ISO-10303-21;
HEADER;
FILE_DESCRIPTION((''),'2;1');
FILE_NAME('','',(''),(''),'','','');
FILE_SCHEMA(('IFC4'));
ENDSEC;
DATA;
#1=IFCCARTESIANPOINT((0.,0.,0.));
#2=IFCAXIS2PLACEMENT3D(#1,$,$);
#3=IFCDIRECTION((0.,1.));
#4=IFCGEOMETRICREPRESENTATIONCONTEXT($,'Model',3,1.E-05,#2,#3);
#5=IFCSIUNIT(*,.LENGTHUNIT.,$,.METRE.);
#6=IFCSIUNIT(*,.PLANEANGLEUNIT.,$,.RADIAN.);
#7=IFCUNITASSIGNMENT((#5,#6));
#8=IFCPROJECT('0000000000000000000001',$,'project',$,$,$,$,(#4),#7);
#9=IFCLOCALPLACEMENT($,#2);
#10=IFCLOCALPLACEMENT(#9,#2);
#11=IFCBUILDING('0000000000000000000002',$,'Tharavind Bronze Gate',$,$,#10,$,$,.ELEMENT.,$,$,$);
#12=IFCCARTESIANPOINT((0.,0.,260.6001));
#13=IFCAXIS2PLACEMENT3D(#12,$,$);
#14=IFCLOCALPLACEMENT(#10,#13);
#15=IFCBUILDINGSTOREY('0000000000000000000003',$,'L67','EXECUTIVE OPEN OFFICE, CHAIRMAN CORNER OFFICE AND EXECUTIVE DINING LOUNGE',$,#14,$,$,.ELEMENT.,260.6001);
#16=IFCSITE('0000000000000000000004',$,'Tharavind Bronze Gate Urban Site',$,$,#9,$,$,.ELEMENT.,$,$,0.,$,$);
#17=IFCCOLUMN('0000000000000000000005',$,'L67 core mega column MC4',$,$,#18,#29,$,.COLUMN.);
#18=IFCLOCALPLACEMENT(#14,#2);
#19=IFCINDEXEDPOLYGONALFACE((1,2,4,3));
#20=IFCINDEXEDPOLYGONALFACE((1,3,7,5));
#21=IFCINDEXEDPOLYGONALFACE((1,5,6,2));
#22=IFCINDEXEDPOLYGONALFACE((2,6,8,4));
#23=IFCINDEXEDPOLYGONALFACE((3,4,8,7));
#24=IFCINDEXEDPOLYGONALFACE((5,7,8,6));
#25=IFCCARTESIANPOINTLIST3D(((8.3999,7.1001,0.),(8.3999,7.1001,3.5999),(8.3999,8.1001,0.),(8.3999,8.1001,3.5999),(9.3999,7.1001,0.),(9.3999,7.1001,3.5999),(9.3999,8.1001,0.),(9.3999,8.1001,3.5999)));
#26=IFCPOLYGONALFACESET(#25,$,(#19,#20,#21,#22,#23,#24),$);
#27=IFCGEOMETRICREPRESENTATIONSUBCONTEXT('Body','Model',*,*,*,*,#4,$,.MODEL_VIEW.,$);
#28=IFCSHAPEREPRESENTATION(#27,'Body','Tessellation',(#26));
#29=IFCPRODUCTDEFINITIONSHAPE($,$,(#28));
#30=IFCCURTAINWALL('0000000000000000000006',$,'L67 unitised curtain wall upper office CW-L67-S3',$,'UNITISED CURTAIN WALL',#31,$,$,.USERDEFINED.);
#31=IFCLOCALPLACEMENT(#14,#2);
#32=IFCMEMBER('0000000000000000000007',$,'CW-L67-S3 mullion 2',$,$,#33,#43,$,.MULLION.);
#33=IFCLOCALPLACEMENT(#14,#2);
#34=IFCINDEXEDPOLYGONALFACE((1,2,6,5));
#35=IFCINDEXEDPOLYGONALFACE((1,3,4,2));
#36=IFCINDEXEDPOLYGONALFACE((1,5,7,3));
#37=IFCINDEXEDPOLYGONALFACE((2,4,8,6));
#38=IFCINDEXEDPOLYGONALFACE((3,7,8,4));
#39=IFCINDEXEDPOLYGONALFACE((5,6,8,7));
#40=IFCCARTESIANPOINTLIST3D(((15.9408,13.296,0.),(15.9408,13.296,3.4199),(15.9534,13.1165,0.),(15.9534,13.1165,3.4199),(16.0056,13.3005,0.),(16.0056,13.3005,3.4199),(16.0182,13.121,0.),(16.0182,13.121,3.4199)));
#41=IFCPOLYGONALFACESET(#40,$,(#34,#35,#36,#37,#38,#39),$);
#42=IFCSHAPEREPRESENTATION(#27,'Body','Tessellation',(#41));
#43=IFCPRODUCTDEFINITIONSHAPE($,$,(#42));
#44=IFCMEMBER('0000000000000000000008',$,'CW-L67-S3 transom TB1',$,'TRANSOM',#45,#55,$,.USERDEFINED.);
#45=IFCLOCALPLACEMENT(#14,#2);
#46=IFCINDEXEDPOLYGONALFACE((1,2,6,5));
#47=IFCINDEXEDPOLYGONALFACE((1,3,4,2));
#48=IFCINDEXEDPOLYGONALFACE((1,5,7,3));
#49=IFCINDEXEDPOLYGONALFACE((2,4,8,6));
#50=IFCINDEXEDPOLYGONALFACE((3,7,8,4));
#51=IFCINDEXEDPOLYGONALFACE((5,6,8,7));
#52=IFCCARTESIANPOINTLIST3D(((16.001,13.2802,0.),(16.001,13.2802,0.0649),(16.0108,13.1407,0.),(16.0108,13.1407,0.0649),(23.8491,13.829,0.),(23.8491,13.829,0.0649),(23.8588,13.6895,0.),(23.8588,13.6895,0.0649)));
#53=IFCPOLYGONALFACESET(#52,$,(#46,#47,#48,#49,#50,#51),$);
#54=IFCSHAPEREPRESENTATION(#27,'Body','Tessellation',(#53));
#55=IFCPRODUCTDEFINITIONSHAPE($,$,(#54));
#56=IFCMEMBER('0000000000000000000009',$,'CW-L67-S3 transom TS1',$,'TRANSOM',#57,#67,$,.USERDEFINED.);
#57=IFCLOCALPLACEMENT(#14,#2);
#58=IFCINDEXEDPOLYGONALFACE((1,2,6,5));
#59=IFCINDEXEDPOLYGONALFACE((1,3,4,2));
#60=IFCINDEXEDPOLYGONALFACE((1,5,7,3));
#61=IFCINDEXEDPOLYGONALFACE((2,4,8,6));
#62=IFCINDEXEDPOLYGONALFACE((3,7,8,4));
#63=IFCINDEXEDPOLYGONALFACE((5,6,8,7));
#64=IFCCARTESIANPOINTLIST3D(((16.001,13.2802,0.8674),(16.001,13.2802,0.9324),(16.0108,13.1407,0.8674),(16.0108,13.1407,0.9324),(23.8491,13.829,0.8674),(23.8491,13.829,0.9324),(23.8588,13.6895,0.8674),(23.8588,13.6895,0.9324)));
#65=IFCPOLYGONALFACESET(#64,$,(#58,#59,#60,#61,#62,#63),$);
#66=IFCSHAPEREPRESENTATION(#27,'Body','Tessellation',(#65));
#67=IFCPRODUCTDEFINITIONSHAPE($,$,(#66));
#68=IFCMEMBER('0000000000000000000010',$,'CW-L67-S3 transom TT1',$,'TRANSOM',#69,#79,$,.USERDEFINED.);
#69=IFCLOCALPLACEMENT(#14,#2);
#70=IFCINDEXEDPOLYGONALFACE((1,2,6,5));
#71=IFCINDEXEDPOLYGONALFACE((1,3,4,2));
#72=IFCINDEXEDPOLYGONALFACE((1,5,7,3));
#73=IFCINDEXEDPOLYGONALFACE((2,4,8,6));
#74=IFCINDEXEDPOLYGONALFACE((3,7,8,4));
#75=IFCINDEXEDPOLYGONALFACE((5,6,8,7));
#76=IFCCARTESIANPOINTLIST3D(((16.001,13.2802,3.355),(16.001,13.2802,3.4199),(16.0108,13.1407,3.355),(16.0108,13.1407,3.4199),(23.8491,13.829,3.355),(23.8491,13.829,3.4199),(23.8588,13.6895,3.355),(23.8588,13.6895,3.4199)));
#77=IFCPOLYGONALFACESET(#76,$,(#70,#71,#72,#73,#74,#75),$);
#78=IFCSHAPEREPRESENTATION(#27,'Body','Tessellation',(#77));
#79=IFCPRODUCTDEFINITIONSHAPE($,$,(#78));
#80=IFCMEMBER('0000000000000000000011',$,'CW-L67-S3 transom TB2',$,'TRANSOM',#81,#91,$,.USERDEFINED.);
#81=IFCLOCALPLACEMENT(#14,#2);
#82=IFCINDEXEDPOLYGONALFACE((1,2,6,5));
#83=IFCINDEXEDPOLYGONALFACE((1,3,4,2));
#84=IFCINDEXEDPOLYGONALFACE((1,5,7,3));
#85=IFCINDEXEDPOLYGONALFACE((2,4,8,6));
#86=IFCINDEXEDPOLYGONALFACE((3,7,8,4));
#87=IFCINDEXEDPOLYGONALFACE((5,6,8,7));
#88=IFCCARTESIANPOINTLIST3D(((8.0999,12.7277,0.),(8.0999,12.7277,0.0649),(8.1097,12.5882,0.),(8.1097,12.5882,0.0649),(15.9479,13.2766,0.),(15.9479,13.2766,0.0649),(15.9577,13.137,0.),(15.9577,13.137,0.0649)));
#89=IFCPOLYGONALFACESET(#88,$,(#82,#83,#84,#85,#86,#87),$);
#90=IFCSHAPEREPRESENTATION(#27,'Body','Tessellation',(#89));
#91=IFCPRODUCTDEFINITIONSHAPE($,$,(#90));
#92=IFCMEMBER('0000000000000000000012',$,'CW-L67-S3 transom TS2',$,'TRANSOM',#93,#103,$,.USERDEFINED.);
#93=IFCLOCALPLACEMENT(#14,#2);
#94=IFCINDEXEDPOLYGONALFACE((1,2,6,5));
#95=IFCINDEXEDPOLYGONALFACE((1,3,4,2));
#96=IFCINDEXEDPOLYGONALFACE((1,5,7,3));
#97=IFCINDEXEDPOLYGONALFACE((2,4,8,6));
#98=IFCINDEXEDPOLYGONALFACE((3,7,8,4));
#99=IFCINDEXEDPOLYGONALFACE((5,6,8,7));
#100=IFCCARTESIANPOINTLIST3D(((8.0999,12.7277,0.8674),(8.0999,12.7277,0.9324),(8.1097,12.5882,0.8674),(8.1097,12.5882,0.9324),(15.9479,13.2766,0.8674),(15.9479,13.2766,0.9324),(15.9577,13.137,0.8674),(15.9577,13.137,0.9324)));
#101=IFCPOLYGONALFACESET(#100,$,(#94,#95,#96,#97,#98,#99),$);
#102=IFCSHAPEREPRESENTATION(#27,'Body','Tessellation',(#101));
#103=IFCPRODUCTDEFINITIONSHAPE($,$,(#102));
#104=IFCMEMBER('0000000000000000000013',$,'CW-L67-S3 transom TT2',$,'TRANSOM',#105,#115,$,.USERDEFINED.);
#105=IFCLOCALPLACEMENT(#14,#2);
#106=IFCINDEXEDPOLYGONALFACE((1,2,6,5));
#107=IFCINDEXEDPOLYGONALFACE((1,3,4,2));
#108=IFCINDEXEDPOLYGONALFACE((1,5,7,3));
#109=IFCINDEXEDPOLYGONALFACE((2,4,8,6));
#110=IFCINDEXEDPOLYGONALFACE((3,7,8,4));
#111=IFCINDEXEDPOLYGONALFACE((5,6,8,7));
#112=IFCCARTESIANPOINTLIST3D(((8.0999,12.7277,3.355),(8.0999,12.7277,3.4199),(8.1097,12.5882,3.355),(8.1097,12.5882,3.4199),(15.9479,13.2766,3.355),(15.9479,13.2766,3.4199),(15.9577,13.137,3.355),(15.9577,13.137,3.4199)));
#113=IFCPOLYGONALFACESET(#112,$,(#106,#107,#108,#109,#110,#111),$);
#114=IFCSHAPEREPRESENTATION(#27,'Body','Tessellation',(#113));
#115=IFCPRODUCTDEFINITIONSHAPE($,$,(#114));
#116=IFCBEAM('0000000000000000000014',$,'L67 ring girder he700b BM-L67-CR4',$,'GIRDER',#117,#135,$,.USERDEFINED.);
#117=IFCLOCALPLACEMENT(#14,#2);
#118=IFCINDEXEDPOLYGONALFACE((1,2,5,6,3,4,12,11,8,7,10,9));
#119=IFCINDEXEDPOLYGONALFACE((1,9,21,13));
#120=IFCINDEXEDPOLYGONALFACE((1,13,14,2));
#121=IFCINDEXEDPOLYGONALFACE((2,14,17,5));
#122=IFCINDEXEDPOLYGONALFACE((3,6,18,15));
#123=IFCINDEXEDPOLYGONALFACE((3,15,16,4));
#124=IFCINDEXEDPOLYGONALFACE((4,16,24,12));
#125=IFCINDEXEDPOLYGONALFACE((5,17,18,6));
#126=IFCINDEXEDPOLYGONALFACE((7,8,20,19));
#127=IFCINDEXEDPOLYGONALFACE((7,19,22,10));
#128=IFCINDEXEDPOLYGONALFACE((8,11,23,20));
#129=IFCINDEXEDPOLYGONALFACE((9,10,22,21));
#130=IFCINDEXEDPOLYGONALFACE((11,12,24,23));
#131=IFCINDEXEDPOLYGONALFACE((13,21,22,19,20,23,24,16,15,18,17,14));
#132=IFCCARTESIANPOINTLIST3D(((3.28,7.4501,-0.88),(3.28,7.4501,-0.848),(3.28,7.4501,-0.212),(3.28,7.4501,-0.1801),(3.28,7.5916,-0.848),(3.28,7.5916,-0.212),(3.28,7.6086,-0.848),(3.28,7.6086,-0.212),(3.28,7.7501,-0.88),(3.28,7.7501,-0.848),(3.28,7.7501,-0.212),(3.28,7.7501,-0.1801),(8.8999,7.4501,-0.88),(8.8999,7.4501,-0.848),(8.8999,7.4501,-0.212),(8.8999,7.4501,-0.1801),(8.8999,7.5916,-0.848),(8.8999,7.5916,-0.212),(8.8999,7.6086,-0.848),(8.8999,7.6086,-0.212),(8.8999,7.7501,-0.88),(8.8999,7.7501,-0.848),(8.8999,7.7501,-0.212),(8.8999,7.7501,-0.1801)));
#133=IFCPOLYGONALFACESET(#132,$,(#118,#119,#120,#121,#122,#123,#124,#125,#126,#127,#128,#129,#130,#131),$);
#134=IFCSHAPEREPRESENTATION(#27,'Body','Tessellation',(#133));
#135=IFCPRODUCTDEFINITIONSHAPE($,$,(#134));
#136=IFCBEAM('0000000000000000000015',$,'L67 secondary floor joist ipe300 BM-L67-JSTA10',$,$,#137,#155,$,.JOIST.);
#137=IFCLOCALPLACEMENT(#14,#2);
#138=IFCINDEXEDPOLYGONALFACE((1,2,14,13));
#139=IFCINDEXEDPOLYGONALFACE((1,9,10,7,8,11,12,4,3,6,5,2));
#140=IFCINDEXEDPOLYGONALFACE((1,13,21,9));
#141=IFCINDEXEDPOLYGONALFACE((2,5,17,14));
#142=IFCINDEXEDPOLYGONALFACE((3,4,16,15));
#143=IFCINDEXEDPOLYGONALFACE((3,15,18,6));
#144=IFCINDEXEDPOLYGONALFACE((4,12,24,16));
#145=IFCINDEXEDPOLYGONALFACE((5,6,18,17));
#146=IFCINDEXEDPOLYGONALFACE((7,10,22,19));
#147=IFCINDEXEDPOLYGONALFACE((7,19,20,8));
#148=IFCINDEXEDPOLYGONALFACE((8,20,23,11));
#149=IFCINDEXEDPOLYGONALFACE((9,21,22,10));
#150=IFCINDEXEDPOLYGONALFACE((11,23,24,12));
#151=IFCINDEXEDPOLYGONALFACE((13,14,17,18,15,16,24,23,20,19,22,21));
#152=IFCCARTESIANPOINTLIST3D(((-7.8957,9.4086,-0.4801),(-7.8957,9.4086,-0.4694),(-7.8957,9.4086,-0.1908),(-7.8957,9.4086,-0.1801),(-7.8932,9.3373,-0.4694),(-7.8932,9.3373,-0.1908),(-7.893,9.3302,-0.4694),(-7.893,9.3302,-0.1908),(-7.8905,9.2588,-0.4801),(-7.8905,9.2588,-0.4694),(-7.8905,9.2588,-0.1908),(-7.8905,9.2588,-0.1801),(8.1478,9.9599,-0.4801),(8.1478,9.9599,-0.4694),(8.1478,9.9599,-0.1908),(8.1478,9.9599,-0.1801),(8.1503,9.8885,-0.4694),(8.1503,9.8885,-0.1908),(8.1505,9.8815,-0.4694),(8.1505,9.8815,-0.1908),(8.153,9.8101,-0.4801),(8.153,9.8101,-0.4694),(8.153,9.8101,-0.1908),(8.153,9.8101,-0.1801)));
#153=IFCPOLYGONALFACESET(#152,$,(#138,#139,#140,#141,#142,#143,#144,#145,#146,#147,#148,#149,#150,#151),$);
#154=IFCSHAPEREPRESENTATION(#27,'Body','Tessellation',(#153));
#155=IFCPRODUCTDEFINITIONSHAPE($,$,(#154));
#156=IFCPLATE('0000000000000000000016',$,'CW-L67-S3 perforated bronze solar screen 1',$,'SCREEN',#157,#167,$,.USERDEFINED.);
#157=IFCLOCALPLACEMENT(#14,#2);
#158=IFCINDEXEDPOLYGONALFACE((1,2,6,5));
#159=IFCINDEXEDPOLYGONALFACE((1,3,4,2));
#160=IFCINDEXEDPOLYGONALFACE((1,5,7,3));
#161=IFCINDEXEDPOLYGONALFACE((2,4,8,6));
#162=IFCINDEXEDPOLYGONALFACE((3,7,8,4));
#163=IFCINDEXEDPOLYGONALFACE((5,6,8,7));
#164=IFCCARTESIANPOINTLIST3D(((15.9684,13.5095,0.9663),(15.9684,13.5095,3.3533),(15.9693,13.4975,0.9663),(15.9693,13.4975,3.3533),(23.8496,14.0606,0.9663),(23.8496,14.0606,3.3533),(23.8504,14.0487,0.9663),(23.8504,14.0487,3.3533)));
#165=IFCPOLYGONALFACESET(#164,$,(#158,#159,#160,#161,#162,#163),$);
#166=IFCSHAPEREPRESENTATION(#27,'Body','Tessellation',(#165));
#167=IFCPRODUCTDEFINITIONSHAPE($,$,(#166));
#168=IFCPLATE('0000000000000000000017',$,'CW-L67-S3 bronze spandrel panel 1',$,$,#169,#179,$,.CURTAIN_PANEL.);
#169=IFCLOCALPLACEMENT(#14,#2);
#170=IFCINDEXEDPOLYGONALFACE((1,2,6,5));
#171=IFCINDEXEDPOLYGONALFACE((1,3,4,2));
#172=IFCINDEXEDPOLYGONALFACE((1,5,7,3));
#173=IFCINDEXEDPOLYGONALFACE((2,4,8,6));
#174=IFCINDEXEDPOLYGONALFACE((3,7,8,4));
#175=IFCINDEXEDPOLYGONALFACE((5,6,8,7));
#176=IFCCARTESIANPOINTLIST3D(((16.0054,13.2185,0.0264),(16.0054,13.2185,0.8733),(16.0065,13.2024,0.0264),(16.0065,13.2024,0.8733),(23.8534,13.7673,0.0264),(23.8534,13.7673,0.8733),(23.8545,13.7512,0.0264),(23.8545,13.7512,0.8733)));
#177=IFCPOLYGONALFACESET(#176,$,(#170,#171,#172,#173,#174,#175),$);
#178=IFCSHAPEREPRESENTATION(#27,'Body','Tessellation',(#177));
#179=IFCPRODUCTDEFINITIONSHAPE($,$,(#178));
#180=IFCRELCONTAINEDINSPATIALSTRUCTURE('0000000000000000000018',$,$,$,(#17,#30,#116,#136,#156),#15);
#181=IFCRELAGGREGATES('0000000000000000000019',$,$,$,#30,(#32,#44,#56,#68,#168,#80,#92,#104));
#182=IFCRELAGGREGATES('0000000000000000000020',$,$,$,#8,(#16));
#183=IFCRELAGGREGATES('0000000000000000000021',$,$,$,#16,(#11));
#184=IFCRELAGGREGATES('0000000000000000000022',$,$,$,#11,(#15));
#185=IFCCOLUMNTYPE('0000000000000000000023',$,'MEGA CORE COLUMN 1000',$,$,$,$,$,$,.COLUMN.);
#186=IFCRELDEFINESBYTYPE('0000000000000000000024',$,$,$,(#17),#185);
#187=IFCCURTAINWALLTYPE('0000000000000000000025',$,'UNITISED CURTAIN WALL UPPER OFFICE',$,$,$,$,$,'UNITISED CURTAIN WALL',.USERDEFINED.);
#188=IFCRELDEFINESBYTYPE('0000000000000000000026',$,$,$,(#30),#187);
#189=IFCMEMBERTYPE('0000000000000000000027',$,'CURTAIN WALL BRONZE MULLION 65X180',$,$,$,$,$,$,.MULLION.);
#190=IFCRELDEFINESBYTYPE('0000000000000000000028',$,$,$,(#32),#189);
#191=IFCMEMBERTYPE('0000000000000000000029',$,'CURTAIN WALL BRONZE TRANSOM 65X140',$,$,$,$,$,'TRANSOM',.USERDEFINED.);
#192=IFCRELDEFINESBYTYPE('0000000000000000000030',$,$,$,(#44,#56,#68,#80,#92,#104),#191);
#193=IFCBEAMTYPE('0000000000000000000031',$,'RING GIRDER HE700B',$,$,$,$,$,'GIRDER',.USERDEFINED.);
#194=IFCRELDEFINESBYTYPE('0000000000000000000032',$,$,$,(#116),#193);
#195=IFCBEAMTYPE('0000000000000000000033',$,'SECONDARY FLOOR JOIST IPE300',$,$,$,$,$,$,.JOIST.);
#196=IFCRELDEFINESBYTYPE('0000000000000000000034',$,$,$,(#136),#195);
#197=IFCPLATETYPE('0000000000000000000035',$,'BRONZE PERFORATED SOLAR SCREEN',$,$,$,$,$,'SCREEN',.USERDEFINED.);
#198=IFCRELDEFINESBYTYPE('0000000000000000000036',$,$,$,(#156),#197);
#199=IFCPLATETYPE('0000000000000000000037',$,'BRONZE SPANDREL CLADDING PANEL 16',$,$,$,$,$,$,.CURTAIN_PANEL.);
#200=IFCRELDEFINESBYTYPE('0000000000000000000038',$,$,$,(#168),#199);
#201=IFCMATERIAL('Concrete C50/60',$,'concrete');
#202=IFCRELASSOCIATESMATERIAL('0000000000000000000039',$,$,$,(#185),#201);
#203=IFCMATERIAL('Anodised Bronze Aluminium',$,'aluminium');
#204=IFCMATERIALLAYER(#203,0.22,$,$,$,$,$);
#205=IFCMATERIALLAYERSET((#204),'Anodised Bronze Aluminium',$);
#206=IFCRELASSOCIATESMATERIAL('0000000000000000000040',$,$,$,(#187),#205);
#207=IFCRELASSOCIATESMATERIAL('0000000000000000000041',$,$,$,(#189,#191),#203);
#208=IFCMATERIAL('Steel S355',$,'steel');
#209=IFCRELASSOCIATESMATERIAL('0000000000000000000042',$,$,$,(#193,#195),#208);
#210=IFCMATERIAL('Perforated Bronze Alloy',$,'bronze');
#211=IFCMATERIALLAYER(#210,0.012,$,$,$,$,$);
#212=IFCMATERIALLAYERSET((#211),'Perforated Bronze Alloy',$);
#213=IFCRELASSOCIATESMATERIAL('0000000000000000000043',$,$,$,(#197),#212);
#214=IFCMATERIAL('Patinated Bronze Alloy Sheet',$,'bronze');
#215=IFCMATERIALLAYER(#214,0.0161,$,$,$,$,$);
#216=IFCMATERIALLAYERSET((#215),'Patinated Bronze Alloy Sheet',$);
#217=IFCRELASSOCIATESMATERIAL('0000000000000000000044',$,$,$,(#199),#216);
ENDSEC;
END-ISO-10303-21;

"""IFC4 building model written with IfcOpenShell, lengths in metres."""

from ifc_helpers import new_model, si_unit, direction, frame, origin, origin_2d, place, context, subcontext, project, spatial, rectangle, i_section, extrude, material, layer, layer_set, material_profile, profile_set, type_object, element, aggregate, save


model = new_model("IFC4")

# Units and contexts
model_context = context("Model", 3, precision=1e-05, world=origin(), true_north=direction((0.0, 1.0)))
body_context = subcontext(model_context, "Body", "Model", "MODEL_VIEW")
ifc_project = project(units=[si_unit("LENGTHUNIT", "METRE"), si_unit("PLANEANGLEUNIT", "RADIAN")], contexts=[model_context])

# Site, building, storey
site_placement = place(None, origin())
site = spatial("IfcSite", under=ifc_project, at=site_placement, Name="Tharavind Bronze Gate Urban Site", CompositionType="ELEMENT", RefElevation=0.0)
building_placement = place(site_placement, origin())
building = spatial("IfcBuilding", under=site, at=building_placement, Name="Tharavind Bronze Gate", CompositionType="ELEMENT")
storey_placement = place(building_placement, frame((0.0, 0.0, 260.6001)))
storey = spatial("IfcBuildingStorey", under=building, at=storey_placement, Name="L67", Description="EXECUTIVE OPEN OFFICE, CHAIRMAN CORNER OFFICE AND EXECUTIVE DINING LOUNGE", CompositionType="ELEMENT", Elevation=260.6001)

# Column
ifc_material_1 = material(Name="Concrete C50/60", Category="concrete")
ifc_material_profile_1 = material_profile(ifc_material_1, rectangle(XDim=1.0, YDim=1.0, at=origin_2d()), Name="RCCOL1000")
ifc_profile_set_1 = profile_set([ifc_material_profile_1], Name="Concrete C50/60")
column_type = type_object("IfcColumnType", Name="MEGA CORE COLUMN 1000", PredefinedType="COLUMN", material=ifc_profile_set_1)
column_placement = place(storey_placement, frame((8.8999, 7.6001, 0.0), z_axis=(0.0, 0.0, 1.0), x_axis=(1.0, 0.0, 0.0)))
element("IfcColumn", 1, at=column_placement, inside=storey, type_object=column_type, Name="L67 core mega column MC4", PredefinedType="COLUMN", context=body_context, shape_type="SweptSolid", body=[
    extrude(rectangle(XDim=1.0, YDim=1.0, at=origin_2d()), origin(), (0.0, 0.0, 1.0), 3.5999),
])

# Curtain wall, members
ifc_material_2 = material(Name="Anodised Bronze Aluminium", Category="aluminium")
ifc_layer_1 = layer(ifc_material_2, 0.22)
ifc_layer_set_1 = layer_set([ifc_layer_1], Name="Anodised Bronze Aluminium")
curtain_wall_type = type_object("IfcCurtainWallType", Name="UNITISED CURTAIN WALL UPPER OFFICE", ElementType="UNITISED CURTAIN WALL", PredefinedType="USERDEFINED", material=ifc_layer_set_1)
curtain_wall_placement = place(storey_placement, origin())
curtain_wall = element("IfcCurtainWall", 2, at=curtain_wall_placement, inside=storey, type_object=curtain_wall_type, Name="L67 unitised curtain wall upper office CW-L67-S3", ObjectType="UNITISED CURTAIN WALL", PredefinedType="USERDEFINED")
member_type_1 = type_object("IfcMemberType", Name="CURTAIN WALL BRONZE MULLION 65X180", PredefinedType="MULLION", material=ifc_material_2)
member_1_placement = place(storey_placement, frame((15.9795, 13.2085, 0.0), z_axis=(0.0, 0.0, 1.0), x_axis=(-0.997564, -0.06976, 0.0)))
member_1 = element("IfcMember", 3, at=member_1_placement, type_object=member_type_1, Name="CW-L67-S3 mullion 2", PredefinedType="MULLION", context=body_context, shape_type="SweptSolid", body=[
    extrude(rectangle(XDim=0.0649, YDim=0.1799, at=origin_2d()), origin(), (0.0, 0.0, 1.0), 3.4199),
])
member_type_2 = type_object("IfcMemberType", Name="CURTAIN WALL BRONZE TRANSOM 65X140", ElementType="TRANSOM", PredefinedType="USERDEFINED", material=ifc_material_2)
member_2_placement = place(storey_placement, frame((19.9299, 13.4849, 0.0), z_axis=(0.0, 0.0, 1.0), x_axis=(-0.997564, -0.06976, 0.0)))
member_2 = element("IfcMember", 4, at=member_2_placement, type_object=member_type_2, Name="CW-L67-S3 transom TB1", ObjectType="TRANSOM", PredefinedType="USERDEFINED", context=body_context, shape_type="SweptSolid", body=[
    extrude(rectangle(XDim=7.8672, YDim=0.1399, at=origin_2d()), origin(), (0.0, 0.0, 1.0), 0.0649),
])
member_3_placement = place(storey_placement, frame((19.9299, 13.4849, 0.8674), z_axis=(0.0, 0.0, 1.0), x_axis=(-0.997564, -0.06976, 0.0)))
member_3 = element("IfcMember", 5, at=member_3_placement, type_object=member_type_2, Name="CW-L67-S3 transom TS1", ObjectType="TRANSOM", PredefinedType="USERDEFINED", context=body_context, shape_type="SweptSolid", body=[
    extrude(rectangle(XDim=7.8672, YDim=0.1399, at=origin_2d()), origin(), (0.0, 0.0, 1.0), 0.0649),
])
member_4_placement = place(storey_placement, frame((19.9299, 13.4849, 3.355), z_axis=(0.0, 0.0, 1.0), x_axis=(-0.997564, -0.06976, 0.0)))
member_4 = element("IfcMember", 6, at=member_4_placement, type_object=member_type_2, Name="CW-L67-S3 transom TT1", ObjectType="TRANSOM", PredefinedType="USERDEFINED", context=body_context, shape_type="SweptSolid", body=[
    extrude(rectangle(XDim=7.8672, YDim=0.1399, at=origin_2d()), origin(), (0.0, 0.0, 1.0), 0.0649),
])
member_5_placement = place(storey_placement, frame((12.0288, 12.9324, 0.0), z_axis=(0.0, 0.0, 1.0), x_axis=(-0.997564, -0.06976, 0.0)))
member_5 = element("IfcMember", 7, at=member_5_placement, type_object=member_type_2, Name="CW-L67-S3 transom TB2", ObjectType="TRANSOM", PredefinedType="USERDEFINED", context=body_context, shape_type="SweptSolid", body=[
    extrude(rectangle(XDim=7.8672, YDim=0.1399, at=origin_2d()), origin(), (0.0, 0.0, 1.0), 0.0649),
])
member_6_placement = place(storey_placement, frame((12.0288, 12.9324, 0.8674), z_axis=(0.0, 0.0, 1.0), x_axis=(-0.997564, -0.06976, 0.0)))
member_6 = element("IfcMember", 8, at=member_6_placement, type_object=member_type_2, Name="CW-L67-S3 transom TS2", ObjectType="TRANSOM", PredefinedType="USERDEFINED", context=body_context, shape_type="SweptSolid", body=[
    extrude(rectangle(XDim=7.8672, YDim=0.1399, at=origin_2d()), origin(), (0.0, 0.0, 1.0), 0.0649),
])
member_7_placement = place(storey_placement, frame((12.0288, 12.9324, 3.355), z_axis=(0.0, 0.0, 1.0), x_axis=(-0.997564, -0.06976, 0.0)))
member_7 = element("IfcMember", 9, at=member_7_placement, type_object=member_type_2, Name="CW-L67-S3 transom TT2", ObjectType="TRANSOM", PredefinedType="USERDEFINED", context=body_context, shape_type="SweptSolid", body=[
    extrude(rectangle(XDim=7.8672, YDim=0.1399, at=origin_2d()), origin(), (0.0, 0.0, 1.0), 0.0649),
])

# Beams
ifc_material_3 = material(Name="Steel S355", Category="steel")
ifc_material_profile_2 = material_profile(ifc_material_3, i_section(OverallWidth=0.3, OverallDepth=0.7, WebThickness=0.0171, FlangeThickness=0.032, at=origin_2d()), Name="HE700B")
ifc_profile_set_2 = profile_set([ifc_material_profile_2], Name="Steel S355")
beam_type_1 = type_object("IfcBeamType", Name="RING GIRDER HE700B", ElementType="GIRDER", PredefinedType="USERDEFINED", material=ifc_profile_set_2)
beam_1_placement = place(storey_placement, frame((8.8999, 7.6001, -0.53), z_axis=(-1.0, 0.0, 0.0), x_axis=(0.0, -1.0, 0.0)))
element("IfcBeam", 10, at=beam_1_placement, inside=storey, type_object=beam_type_1, Name="L67 ring girder he700b BM-L67-CR4", ObjectType="GIRDER", PredefinedType="USERDEFINED", context=body_context, shape_type="SweptSolid", body=[
    extrude(i_section(OverallWidth=0.3, OverallDepth=0.7, WebThickness=0.0171, FlangeThickness=0.032, at=origin_2d()), origin(), (0.0, 0.0, 1.0), 5.6199),
])
ifc_material_profile_3 = material_profile(ifc_material_3, i_section(OverallWidth=0.1499, OverallDepth=0.3, WebThickness=0.0071, FlangeThickness=0.0107, at=origin_2d()), Name="IPE300")
ifc_profile_set_3 = profile_set([ifc_material_profile_3], Name="Steel S355")
beam_type_2 = type_object("IfcBeamType", Name="SECONDARY FLOOR JOIST IPE300", PredefinedType="JOIST", material=ifc_profile_set_3)
beam_2_placement = place(storey_placement, frame((8.1504, 9.885, -0.3301), z_axis=(-0.99941, -0.034341, 0.0), x_axis=(0.034341, -0.99941, 0.0)))
element("IfcBeam", 11, at=beam_2_placement, inside=storey, type_object=beam_type_2, Name="L67 secondary floor joist ipe300 BM-L67-JSTA10", PredefinedType="JOIST", context=body_context, shape_type="SweptSolid", body=[
    extrude(i_section(OverallWidth=0.1499, OverallDepth=0.3, WebThickness=0.0071, FlangeThickness=0.0107, at=origin_2d()), origin(), (0.0, 0.0, 1.0), 16.053),
])

# Plates
ifc_material_4 = material(Name="Perforated Bronze Alloy", Category="bronze")
ifc_layer_2 = layer(ifc_material_4, 0.012)
ifc_layer_set_2 = layer_set([ifc_layer_2], Name="Perforated Bronze Alloy")
plate_type_1 = type_object("IfcPlateType", Name="BRONZE PERFORATED SOLAR SCREEN", ElementType="SCREEN", PredefinedType="USERDEFINED", material=ifc_layer_set_2)
plate_1_placement = place(storey_placement, frame((19.9094, 13.7791, 0.9663), z_axis=(0.0, 0.0, 1.0), x_axis=(-0.997564, -0.06976, 0.0)))
element("IfcPlate", 12, at=plate_1_placement, inside=storey, type_object=plate_type_1, Name="CW-L67-S3 perforated bronze solar screen 1", ObjectType="SCREEN", PredefinedType="USERDEFINED", context=body_context, shape_type="SweptSolid", body=[
    extrude(rectangle(XDim=7.9004, YDim=0.012, at=origin_2d()), origin(), (0.0, 0.0, 1.0), 2.387),
])
ifc_material_5 = material(Name="Patinated Bronze Alloy Sheet", Category="bronze")
ifc_layer_3 = layer(ifc_material_5, 0.0161)
ifc_layer_set_3 = layer_set([ifc_layer_3], Name="Patinated Bronze Alloy Sheet")
plate_type_2 = type_object("IfcPlateType", Name="BRONZE SPANDREL CLADDING PANEL 16", PredefinedType="CURTAIN_PANEL", material=ifc_layer_set_3)
plate_2_placement = place(storey_placement, frame((19.9299, 13.4849, 0.0264), z_axis=(0.0, 0.0, 1.0), x_axis=(-0.997564, -0.06976, 0.0)))
plate_2 = element("IfcPlate", 13, at=plate_2_placement, type_object=plate_type_2, Name="CW-L67-S3 bronze spandrel panel 1", PredefinedType="CURTAIN_PANEL", context=body_context, shape_type="SweptSolid", body=[
    extrude(rectangle(XDim=7.8672, YDim=0.0161, at=origin_2d()), origin(), (0.0, 0.0, 1.0), 0.8469),
])
aggregate(curtain_wall, [member_1, member_2, member_3, member_4, plate_2, member_5, member_6, member_7])

save(model, "model.ifc")
